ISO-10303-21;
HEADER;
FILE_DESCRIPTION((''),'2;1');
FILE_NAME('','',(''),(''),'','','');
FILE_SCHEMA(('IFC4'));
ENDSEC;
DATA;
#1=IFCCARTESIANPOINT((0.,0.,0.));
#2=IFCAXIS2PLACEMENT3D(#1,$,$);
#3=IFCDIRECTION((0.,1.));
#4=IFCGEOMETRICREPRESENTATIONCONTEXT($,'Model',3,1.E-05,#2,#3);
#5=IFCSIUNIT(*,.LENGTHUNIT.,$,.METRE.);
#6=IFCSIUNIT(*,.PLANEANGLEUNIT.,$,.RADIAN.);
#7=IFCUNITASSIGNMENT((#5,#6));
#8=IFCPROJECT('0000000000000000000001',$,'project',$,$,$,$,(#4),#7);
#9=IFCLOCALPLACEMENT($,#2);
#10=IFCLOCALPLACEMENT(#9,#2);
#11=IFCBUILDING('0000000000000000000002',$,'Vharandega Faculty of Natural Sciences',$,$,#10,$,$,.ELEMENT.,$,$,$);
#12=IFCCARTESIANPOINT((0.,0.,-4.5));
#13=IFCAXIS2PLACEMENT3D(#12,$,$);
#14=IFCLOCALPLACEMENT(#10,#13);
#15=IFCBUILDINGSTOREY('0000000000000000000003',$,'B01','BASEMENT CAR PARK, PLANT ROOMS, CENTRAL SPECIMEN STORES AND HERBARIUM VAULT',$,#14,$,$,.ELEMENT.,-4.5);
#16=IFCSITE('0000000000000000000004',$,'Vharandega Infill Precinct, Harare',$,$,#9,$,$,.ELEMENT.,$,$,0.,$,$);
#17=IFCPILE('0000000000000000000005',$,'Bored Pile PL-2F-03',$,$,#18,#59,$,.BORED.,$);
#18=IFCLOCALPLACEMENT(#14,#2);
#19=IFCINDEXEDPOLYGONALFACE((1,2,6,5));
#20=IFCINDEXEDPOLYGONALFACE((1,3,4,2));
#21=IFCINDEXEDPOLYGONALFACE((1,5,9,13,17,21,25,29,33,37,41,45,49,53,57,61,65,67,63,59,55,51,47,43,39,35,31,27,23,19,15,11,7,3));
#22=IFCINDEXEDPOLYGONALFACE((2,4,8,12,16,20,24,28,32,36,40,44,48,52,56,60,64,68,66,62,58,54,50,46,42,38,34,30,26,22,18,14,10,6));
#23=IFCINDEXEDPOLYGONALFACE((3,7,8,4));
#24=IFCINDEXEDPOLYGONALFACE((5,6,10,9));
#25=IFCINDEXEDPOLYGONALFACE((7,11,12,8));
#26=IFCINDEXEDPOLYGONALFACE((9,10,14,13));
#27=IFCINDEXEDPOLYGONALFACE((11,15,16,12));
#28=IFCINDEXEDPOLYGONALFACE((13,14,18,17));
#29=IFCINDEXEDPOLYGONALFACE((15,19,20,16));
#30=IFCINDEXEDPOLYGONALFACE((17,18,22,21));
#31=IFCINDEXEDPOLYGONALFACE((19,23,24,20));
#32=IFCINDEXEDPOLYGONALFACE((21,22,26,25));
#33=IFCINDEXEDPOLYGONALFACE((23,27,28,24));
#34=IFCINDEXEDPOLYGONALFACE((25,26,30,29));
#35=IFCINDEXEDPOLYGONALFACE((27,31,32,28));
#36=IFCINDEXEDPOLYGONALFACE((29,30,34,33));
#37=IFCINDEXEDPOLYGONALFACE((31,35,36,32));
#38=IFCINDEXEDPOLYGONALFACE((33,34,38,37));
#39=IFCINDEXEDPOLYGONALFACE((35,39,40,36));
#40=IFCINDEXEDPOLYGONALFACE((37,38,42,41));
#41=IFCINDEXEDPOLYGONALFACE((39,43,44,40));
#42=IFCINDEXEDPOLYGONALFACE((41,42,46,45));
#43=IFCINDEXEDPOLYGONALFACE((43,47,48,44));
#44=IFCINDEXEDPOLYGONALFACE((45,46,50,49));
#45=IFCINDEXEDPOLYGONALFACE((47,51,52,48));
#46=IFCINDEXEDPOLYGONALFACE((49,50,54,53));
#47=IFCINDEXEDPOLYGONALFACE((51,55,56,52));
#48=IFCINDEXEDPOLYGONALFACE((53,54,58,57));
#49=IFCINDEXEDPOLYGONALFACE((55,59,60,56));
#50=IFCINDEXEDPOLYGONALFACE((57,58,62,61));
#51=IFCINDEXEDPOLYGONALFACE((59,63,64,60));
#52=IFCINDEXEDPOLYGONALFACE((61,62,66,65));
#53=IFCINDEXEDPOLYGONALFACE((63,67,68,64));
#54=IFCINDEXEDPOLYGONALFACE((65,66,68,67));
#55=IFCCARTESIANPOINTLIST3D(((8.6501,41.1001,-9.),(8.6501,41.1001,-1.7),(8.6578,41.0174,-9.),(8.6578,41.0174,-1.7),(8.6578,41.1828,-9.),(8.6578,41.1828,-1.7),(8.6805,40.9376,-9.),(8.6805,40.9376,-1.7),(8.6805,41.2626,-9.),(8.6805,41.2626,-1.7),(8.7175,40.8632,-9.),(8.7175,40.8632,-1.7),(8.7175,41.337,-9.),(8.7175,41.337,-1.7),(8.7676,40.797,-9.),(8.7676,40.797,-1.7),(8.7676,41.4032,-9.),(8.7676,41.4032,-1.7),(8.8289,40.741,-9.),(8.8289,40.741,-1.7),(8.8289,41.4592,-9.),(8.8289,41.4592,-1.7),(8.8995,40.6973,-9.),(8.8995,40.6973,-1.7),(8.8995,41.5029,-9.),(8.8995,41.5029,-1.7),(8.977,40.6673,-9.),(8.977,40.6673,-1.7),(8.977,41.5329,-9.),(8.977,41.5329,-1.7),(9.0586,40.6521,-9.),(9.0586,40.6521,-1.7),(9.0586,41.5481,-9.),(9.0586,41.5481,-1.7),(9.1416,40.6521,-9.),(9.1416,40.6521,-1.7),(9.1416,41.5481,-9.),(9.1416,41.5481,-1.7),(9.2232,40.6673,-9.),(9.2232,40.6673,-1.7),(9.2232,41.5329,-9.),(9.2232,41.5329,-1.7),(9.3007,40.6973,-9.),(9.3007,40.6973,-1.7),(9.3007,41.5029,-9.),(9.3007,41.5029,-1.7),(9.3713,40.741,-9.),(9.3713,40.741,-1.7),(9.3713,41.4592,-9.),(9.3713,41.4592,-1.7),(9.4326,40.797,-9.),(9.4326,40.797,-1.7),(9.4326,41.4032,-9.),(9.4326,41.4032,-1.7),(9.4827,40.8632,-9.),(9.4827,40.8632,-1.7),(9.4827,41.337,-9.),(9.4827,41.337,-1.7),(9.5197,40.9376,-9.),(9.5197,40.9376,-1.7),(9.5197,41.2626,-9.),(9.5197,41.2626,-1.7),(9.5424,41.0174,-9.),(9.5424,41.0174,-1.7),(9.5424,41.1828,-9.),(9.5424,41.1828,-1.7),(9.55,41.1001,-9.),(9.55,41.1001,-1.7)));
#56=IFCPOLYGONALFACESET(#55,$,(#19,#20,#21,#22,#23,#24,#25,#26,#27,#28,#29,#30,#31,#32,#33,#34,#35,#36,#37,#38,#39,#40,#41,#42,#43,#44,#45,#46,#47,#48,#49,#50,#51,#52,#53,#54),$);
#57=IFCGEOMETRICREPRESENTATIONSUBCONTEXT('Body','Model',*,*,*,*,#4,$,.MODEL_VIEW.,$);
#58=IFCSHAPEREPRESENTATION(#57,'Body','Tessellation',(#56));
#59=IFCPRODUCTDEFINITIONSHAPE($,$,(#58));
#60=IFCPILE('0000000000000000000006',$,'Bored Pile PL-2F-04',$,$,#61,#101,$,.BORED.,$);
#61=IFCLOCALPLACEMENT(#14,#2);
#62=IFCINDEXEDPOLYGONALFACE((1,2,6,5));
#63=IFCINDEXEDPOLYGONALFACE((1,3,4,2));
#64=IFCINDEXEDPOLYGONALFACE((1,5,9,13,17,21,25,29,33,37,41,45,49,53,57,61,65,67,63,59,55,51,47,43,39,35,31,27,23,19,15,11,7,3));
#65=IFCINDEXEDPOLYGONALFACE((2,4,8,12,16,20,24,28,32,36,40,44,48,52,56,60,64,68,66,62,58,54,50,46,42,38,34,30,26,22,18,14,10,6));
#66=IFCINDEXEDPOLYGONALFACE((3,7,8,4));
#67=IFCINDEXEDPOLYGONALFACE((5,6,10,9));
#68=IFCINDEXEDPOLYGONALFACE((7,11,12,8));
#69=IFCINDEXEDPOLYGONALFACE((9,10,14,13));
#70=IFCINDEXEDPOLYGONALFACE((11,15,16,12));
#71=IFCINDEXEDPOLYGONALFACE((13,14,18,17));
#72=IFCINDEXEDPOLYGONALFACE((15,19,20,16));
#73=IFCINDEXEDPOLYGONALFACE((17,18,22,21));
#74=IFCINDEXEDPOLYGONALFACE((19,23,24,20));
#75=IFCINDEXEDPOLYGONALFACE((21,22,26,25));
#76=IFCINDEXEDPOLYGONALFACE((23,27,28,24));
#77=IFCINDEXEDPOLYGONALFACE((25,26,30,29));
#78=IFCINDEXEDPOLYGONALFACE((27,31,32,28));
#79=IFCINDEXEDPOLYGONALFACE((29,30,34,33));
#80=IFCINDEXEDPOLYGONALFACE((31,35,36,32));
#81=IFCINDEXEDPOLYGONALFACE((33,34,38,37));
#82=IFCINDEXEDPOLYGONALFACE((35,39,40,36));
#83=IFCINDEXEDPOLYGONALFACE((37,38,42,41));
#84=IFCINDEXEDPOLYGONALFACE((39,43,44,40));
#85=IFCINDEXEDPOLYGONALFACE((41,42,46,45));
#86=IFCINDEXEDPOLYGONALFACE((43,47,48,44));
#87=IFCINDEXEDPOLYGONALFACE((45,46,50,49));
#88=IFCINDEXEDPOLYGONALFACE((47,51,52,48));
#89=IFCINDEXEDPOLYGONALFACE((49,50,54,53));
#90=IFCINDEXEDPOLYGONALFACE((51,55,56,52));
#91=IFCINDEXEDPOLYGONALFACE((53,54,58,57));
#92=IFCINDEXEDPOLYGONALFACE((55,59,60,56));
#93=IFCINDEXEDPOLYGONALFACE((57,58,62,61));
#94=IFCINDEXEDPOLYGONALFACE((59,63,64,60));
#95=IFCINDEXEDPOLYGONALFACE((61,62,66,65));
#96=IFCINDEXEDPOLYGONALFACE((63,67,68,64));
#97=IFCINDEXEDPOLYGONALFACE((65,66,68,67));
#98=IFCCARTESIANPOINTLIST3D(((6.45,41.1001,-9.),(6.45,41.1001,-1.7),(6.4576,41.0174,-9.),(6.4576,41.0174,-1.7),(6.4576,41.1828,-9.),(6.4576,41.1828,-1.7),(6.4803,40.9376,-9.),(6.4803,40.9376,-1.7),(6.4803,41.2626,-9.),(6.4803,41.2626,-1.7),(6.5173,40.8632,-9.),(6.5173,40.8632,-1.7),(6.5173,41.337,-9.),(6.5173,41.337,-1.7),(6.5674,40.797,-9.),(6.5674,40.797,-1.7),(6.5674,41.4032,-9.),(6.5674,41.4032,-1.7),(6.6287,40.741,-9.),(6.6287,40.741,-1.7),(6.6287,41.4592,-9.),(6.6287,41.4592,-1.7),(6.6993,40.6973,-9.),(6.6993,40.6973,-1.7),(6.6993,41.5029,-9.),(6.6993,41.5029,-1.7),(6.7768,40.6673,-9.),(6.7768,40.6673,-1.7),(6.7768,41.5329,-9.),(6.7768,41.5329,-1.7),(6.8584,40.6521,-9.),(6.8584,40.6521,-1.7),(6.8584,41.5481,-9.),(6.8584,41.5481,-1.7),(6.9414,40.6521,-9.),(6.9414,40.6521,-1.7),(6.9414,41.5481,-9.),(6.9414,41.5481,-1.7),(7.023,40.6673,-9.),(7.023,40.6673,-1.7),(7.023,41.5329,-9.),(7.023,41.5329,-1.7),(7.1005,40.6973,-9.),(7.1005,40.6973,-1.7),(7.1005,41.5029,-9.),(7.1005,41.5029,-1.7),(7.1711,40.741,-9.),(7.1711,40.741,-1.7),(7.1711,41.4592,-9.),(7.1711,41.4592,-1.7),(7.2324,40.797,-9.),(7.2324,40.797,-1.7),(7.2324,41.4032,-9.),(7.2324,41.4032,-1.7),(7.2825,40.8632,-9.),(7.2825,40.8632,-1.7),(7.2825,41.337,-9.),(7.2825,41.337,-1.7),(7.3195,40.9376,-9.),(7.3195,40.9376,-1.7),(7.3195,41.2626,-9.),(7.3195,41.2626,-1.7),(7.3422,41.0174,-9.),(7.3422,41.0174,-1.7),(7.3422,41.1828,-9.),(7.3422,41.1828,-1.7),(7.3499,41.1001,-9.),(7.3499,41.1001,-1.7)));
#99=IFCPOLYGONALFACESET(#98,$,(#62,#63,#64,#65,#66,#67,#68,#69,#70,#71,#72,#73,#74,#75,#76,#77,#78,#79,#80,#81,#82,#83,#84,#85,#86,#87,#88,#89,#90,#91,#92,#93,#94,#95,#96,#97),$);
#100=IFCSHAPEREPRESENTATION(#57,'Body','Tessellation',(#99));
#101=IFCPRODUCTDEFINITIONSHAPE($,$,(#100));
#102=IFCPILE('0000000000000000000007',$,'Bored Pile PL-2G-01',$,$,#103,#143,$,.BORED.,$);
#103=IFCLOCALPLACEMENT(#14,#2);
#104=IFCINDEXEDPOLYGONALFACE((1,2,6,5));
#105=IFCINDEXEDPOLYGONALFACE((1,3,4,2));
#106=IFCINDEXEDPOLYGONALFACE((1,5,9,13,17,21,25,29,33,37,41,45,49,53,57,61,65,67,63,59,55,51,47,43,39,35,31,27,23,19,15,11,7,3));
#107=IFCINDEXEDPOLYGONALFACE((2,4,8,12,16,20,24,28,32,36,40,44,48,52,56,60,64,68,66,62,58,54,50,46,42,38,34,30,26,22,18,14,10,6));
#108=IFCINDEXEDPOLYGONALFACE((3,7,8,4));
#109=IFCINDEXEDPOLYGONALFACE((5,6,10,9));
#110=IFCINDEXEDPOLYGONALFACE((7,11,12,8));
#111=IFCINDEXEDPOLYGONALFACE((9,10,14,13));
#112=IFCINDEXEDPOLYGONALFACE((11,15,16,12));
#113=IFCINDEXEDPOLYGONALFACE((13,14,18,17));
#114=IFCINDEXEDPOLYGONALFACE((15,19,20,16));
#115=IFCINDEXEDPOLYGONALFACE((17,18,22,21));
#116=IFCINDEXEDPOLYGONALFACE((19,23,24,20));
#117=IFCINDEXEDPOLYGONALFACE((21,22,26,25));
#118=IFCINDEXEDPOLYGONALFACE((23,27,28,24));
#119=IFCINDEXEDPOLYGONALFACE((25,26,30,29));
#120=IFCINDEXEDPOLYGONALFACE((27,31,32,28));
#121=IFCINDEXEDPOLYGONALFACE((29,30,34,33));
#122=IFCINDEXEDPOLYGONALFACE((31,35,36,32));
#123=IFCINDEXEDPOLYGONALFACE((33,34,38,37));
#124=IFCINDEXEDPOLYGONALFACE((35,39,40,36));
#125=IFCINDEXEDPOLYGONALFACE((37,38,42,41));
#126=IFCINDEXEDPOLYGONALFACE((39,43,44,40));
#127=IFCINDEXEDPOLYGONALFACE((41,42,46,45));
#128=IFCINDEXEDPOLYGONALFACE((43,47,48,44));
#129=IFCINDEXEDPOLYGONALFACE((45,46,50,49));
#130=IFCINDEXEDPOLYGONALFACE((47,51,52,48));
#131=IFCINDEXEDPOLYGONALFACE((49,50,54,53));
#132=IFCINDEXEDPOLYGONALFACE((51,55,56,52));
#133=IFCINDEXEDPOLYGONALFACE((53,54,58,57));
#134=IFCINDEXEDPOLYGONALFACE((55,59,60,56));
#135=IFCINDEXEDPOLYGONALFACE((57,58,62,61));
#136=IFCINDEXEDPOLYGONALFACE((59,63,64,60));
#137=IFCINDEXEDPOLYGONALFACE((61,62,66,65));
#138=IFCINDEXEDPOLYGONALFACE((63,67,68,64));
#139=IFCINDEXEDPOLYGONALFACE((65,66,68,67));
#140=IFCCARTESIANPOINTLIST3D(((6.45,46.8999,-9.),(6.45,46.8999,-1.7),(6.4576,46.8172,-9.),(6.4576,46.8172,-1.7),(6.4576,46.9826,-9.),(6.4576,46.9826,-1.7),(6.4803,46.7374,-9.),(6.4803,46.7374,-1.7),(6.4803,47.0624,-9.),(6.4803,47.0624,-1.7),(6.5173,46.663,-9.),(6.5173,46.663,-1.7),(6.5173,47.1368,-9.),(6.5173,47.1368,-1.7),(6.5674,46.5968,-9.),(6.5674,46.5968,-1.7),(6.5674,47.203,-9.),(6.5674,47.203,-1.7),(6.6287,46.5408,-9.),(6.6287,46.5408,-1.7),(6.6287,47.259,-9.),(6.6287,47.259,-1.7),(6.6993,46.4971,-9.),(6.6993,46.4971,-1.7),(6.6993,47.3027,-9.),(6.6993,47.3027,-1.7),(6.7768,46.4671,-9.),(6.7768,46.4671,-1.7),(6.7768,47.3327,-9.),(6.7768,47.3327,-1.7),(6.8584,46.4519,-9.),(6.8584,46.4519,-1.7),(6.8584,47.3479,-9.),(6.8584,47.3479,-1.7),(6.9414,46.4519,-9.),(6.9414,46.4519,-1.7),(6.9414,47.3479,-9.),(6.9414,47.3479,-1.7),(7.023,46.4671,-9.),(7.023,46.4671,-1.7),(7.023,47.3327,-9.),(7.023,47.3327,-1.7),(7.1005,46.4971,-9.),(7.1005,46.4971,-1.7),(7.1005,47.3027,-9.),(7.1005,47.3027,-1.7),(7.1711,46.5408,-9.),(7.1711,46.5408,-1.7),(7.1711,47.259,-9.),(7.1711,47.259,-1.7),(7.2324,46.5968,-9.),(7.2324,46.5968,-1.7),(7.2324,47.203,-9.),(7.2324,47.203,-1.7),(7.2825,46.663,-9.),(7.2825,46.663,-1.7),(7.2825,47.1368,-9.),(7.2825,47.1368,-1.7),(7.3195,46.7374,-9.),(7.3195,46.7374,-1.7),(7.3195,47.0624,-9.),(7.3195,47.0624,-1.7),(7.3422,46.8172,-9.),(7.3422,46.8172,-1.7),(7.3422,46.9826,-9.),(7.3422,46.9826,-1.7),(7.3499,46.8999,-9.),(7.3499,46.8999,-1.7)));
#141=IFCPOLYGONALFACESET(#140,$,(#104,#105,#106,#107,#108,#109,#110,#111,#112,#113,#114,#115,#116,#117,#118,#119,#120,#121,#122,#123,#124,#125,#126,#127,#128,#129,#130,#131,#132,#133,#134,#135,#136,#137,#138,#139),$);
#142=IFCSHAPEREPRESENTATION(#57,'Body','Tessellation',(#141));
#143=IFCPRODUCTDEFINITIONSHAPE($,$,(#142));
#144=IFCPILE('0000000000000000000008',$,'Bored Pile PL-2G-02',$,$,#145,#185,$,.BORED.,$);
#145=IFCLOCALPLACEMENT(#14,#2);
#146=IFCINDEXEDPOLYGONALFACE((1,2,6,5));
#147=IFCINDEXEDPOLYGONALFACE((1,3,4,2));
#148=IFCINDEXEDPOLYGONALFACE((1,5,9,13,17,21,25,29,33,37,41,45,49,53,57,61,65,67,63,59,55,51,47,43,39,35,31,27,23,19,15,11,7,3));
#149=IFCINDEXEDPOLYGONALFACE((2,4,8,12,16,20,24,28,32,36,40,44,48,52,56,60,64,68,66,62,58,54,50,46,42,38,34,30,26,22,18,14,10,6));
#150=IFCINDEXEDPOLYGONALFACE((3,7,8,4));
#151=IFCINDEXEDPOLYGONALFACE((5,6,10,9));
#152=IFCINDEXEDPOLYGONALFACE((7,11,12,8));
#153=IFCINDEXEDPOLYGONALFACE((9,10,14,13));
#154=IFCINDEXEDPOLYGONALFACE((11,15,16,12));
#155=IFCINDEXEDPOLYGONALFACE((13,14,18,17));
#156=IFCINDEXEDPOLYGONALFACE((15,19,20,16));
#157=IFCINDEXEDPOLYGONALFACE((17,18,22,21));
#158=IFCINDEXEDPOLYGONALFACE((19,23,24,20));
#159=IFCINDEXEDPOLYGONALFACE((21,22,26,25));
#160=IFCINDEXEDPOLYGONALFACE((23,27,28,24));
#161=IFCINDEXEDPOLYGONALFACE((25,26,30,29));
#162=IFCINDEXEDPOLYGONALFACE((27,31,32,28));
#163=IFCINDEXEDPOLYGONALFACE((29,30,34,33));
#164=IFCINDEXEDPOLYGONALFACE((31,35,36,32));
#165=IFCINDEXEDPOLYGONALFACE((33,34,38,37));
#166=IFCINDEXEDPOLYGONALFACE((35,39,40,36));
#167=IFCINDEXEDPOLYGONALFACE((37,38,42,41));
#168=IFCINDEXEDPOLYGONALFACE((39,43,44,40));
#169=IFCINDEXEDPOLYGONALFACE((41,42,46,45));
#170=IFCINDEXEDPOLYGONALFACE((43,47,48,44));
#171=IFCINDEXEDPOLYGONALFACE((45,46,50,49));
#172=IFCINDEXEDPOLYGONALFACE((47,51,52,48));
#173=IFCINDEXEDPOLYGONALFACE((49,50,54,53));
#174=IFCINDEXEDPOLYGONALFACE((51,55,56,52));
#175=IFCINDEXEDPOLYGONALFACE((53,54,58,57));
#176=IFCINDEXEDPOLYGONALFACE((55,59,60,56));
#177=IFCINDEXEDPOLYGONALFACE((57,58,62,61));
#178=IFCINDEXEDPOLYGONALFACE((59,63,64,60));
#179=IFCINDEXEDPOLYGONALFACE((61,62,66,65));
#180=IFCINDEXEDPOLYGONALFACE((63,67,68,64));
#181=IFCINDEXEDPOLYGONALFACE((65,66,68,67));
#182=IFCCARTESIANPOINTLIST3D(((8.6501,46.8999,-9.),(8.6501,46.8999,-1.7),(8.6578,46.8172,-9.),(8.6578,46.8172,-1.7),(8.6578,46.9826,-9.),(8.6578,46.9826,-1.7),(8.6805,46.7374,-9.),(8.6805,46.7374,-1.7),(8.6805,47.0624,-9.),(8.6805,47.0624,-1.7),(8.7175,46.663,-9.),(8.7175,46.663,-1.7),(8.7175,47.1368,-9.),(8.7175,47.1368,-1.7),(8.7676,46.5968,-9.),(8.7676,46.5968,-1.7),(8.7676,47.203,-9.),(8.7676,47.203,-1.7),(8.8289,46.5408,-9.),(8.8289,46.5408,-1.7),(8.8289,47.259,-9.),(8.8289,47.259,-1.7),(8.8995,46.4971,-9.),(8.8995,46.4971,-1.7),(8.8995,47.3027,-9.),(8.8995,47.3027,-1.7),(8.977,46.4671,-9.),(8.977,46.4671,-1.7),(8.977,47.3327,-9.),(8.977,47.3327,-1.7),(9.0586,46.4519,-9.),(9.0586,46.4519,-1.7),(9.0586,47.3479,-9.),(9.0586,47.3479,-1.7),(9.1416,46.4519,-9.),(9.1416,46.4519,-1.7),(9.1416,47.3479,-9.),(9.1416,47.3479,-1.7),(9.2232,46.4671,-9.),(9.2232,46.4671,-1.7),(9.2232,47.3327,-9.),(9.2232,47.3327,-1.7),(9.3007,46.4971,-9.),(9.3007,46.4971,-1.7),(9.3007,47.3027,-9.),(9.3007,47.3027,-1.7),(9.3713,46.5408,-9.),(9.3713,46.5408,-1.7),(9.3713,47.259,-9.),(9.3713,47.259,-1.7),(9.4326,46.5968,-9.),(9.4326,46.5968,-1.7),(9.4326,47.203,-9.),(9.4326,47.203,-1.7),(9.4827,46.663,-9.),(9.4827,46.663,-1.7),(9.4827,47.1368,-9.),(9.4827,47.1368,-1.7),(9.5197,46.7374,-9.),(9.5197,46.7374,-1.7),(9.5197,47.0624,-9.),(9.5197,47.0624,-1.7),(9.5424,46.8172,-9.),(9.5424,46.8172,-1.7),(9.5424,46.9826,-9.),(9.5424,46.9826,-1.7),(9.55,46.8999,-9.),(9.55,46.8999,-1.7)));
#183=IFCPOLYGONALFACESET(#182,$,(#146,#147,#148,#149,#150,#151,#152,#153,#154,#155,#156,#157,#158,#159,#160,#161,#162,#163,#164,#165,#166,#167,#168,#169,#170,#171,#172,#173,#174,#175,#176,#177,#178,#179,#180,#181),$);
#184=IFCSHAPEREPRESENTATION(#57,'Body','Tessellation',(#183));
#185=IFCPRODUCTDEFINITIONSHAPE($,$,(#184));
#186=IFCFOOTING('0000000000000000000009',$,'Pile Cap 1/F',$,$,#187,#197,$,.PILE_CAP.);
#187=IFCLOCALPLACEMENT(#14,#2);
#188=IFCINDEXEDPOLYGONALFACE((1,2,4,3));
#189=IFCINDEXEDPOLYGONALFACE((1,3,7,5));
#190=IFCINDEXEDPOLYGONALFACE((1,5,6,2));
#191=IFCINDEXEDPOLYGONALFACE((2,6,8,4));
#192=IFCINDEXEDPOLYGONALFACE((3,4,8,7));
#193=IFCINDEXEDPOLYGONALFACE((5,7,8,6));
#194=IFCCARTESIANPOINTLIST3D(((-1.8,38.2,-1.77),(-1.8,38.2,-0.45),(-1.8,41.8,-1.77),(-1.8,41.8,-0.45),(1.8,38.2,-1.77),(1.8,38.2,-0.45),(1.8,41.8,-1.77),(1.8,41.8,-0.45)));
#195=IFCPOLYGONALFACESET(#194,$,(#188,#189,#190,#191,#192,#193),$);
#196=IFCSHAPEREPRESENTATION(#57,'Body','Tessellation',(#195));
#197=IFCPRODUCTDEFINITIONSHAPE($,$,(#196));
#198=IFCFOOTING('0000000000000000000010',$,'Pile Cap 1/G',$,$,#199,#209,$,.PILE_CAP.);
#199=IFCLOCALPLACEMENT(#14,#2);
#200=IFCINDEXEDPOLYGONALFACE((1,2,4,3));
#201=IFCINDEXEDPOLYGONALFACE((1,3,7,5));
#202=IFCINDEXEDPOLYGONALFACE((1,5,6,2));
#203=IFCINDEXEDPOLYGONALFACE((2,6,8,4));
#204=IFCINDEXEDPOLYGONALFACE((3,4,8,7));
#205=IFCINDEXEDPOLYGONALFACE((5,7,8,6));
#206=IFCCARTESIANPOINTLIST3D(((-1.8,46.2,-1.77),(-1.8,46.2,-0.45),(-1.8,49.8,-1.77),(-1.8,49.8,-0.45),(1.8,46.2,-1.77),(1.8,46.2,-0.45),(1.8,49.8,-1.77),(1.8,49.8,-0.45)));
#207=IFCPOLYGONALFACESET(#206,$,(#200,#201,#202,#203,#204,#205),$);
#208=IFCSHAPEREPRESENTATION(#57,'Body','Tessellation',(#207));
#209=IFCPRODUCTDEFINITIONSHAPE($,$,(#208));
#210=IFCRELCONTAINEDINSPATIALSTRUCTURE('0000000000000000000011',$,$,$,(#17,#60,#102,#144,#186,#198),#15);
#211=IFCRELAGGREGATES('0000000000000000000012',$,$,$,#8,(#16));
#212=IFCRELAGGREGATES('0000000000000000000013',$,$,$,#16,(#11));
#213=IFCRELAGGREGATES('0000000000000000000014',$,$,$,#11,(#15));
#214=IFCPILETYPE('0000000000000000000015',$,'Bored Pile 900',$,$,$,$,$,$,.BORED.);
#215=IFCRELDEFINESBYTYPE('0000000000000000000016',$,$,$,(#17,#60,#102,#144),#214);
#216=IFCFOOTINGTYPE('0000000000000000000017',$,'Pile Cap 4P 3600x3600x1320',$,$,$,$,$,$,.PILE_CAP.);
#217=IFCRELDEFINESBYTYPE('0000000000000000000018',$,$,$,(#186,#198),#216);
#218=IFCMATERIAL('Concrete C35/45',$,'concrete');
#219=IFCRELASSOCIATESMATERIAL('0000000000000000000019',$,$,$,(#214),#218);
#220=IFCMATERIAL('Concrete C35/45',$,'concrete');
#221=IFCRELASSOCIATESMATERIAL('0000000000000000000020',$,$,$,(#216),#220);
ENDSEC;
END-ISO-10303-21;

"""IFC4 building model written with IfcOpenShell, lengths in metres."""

from ifc_helpers import new_model, si_unit, direction, frame, origin, origin_2d, place, context, subcontext, project, spatial, rectangle, circle, extrude, material, material_profile, profile_set, type_object, element, save


model = new_model("IFC4")

# Units and contexts
model_context = context("Model", 3, precision=1e-05, world=origin(), true_north=direction((0.0, 1.0)))
body_context = subcontext(model_context, "Body", "Model", "MODEL_VIEW")
ifc_project = project(units=[si_unit("LENGTHUNIT", "METRE"), si_unit("PLANEANGLEUNIT", "RADIAN")], contexts=[model_context])

# Site, building, storey
site_placement = place(None, origin())
site = spatial("IfcSite", under=ifc_project, at=site_placement, Name="Vharandega Infill Precinct, Harare", CompositionType="ELEMENT", RefElevation=0.0)
building_placement = place(site_placement, origin())
building = spatial("IfcBuilding", under=site, at=building_placement, Name="Vharandega Faculty of Natural Sciences", CompositionType="ELEMENT")
storey_placement = place(building_placement, frame((0.0, 0.0, -4.5)))
storey = spatial("IfcBuildingStorey", under=building, at=storey_placement, Name="B01", Description="BASEMENT CAR PARK, PLANT ROOMS, CENTRAL SPECIMEN STORES AND HERBARIUM VAULT", CompositionType="ELEMENT", Elevation=-4.5)

# Piles
ifc_material_1 = material(Name="Concrete C35/45", Category="concrete")
ifc_material_profile_1 = material_profile(ifc_material_1, circle(Radius=0.45, at=origin_2d()), Name="PILE 900")
ifc_profile_set_1 = profile_set([ifc_material_profile_1], Name="Concrete C35/45")
pile_type = type_object("IfcPileType", Name="Bored Pile 900", PredefinedType="BORED", material=ifc_profile_set_1)
for number, where, z_axis, x_axis, name in (
    (1, (9.1001, 41.1001, -1.7), (0.0, 0.0, -1.0), (1.0, 0.0, 0.0), "Bored Pile PL-2F-03"),
    (2, (6.8999, 41.1001, -1.7), (0.0, 0.0, -1.0), (1.0, 0.0, 0.0), "Bored Pile PL-2F-04"),
    (3, (6.8999, 46.8999, -1.7), (0.0, 0.0, -1.0), (1.0, 0.0, 0.0), "Bored Pile PL-2G-01"),
    (4, (9.1001, 46.8999, -1.7), (0.0, 0.0, -1.0), (1.0, 0.0, 0.0), "Bored Pile PL-2G-02"),
):
    element("IfcPile", number, at=place(storey_placement, frame(where, z_axis=z_axis, x_axis=x_axis)), inside=storey, type_object=pile_type, Name=name, PredefinedType="BORED", context=body_context, shape_type="SweptSolid", body=[
        extrude(circle(Radius=0.45, at=origin_2d()), origin(), (0.0, 0.0, 1.0), 7.3),
    ])

# Footings
ifc_material_2 = material(Name="Concrete C35/45", Category="concrete")
footing_type_1 = type_object("IfcFootingType", Name="Pile Cap 4P 3600x3600x1320", PredefinedType="PILE_CAP", material=ifc_material_2)
for number, where, z_axis, x_axis, name in (
    (5, (0.0, 40.0, -1.77), (0.0, 0.0, 1.0), (1.0, 0.0, 0.0), "Pile Cap 1/F"),
    (6, (0.0, 48.0, -1.77), (0.0, 0.0, 1.0), (1.0, 0.0, 0.0), "Pile Cap 1/G"),
):
    element("IfcFooting", number, at=place(storey_placement, frame(where, z_axis=z_axis, x_axis=x_axis)), inside=storey, type_object=footing_type_1, Name=name, PredefinedType="PILE_CAP", context=body_context, shape_type="SweptSolid", body=[
        extrude(rectangle(XDim=3.6001, YDim=3.6001, at=origin_2d()), origin(), (0.0, 0.0, 1.0), 1.3201),
    ])

save(model, "model.ifc")
